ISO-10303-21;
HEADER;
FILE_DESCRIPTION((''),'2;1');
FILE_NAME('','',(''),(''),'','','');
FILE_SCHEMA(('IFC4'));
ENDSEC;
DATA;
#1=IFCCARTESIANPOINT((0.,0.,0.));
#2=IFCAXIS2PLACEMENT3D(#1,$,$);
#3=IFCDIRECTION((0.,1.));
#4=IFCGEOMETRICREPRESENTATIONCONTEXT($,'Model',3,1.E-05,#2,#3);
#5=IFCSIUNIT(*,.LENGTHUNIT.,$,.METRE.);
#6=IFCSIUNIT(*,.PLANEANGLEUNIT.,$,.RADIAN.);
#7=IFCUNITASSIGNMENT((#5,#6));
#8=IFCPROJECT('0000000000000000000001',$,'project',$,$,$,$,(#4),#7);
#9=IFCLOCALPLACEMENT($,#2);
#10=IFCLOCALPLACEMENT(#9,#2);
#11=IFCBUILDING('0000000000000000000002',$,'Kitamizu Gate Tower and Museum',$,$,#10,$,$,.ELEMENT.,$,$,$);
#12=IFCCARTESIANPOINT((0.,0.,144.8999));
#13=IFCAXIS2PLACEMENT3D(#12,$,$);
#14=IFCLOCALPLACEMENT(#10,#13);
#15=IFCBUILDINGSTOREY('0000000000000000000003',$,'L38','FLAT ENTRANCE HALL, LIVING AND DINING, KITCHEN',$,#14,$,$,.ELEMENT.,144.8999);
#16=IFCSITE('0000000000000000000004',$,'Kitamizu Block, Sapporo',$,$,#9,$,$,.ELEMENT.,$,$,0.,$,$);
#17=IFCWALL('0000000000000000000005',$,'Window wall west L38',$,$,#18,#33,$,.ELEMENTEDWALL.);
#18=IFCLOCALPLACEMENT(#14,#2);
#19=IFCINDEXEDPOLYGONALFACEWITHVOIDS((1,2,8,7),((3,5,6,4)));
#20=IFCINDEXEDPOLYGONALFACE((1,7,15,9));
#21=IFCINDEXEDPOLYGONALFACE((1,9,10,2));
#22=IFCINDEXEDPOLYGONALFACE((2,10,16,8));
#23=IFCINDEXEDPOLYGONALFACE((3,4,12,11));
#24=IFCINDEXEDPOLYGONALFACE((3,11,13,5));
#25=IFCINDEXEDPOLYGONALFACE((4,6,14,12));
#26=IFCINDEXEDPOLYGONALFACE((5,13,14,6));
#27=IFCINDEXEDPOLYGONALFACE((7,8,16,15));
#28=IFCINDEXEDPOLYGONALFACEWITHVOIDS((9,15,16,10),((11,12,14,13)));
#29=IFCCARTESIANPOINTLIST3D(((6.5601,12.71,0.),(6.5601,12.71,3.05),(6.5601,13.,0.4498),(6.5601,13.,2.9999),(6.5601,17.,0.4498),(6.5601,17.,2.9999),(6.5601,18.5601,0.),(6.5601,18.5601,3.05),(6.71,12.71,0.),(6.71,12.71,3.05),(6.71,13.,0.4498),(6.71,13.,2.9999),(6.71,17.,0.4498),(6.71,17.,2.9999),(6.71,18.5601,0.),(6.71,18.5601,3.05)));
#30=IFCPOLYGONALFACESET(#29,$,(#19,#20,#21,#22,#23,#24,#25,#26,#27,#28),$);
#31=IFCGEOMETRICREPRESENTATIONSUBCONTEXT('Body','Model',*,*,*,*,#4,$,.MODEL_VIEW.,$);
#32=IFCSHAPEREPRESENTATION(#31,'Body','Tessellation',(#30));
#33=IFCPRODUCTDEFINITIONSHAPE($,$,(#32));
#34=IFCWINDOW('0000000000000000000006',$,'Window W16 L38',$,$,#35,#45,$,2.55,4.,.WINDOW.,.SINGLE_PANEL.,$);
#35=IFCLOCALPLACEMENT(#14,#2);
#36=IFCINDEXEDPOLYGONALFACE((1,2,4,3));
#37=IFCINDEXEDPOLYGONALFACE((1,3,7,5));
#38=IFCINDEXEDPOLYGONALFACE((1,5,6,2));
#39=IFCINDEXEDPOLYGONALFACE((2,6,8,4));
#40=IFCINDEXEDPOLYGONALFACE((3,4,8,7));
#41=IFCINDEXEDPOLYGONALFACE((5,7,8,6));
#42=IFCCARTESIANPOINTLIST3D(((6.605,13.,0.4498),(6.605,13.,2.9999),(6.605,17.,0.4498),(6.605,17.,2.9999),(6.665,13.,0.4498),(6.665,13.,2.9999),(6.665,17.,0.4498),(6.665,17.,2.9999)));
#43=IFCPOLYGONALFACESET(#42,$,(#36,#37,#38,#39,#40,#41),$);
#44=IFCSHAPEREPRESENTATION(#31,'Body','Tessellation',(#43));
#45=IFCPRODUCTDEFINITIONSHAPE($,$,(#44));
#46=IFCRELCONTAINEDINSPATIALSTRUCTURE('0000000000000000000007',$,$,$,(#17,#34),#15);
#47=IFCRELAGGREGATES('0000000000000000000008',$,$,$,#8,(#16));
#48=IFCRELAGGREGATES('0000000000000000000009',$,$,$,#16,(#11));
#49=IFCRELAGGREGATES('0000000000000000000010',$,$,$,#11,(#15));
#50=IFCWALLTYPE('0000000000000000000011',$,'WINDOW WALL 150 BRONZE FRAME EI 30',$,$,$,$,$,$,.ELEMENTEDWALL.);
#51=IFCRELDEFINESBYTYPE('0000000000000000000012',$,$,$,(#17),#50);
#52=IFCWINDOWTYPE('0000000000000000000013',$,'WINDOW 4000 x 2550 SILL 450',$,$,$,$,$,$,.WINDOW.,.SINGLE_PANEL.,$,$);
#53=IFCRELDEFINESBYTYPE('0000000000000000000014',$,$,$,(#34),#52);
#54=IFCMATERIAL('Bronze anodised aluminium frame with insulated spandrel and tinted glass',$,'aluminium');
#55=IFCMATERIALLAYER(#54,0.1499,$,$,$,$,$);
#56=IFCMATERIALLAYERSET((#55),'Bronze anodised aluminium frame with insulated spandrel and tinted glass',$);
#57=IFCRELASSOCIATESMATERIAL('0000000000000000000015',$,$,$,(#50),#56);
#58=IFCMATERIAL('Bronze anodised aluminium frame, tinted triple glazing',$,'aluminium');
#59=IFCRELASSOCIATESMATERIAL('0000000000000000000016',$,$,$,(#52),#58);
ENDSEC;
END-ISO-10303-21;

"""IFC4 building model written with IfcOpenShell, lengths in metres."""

from ifc_helpers import new_model, si_unit, direction, frame, frame_2d, origin, place, context, subcontext, project, spatial, rectangle, extrude, material, layer, layer_set, type_object, element, fill, save


model = new_model("IFC4")

# Units and contexts
model_context = context("Model", 3, precision=1e-05, world=origin(), true_north=direction((0.0, 1.0)))
body_context = subcontext(model_context, "Body", "Model", "MODEL_VIEW")
ifc_project = project(units=[si_unit("LENGTHUNIT", "METRE"), si_unit("PLANEANGLEUNIT", "RADIAN")], contexts=[model_context])

# Site, building, storey
site_placement = place(None, origin())
site = spatial("IfcSite", under=ifc_project, at=site_placement, Name="Kitamizu Block, Sapporo", CompositionType="ELEMENT", RefElevation=0.0)
building_placement = place(site_placement, origin())
building = spatial("IfcBuilding", under=site, at=building_placement, Name="Kitamizu Gate Tower and Museum", CompositionType="ELEMENT")
storey_placement = place(building_placement, frame((0.0, 0.0, 144.8999)))
storey = spatial("IfcBuildingStorey", under=building, at=storey_placement, Name="L38", Description="FLAT ENTRANCE HALL, LIVING AND DINING, KITCHEN", CompositionType="ELEMENT", Elevation=144.8999)

# Shared definitions
ifc_material_1 = material(Name="Bronze anodised aluminium frame with insulated spandrel and tinted glass", Category="aluminium")
ifc_layer = layer(ifc_material_1, 0.1499)
ifc_layer_set = layer_set([ifc_layer], Name="Bronze anodised aluminium frame with insulated spandrel and tinted glass")
wall_type = type_object("IfcWallType", Name="WINDOW WALL 150 BRONZE FRAME EI 30", PredefinedType="ELEMENTEDWALL", material=ifc_layer_set)

# Wall, opening, window
wall_1_placement = place(storey_placement, frame((6.635, 12.71, 0.0), z_axis=(0.0, 0.0, 1.0), x_axis=(0.0, 1.0, 0.0)))
wall_1 = element("IfcWall", 1, at=wall_1_placement, inside=storey, type_object=wall_type, Name="Window wall west L38", PredefinedType="ELEMENTEDWALL", context=body_context, shape_type="SweptSolid", body=[
    extrude(rectangle(XDim=5.8501, YDim=0.1499, at=frame_2d((2.925, 0.0))), origin(), (0.0, 0.0, 1.0), 3.05),
])
opening_1_placement = place(wall_1_placement, frame((0.29, 0.0, 0.45)))
opening_1 = element("IfcOpeningElement", 2, at=opening_1_placement, cuts=wall_1, PredefinedType="OPENING", context=body_context, shape_type="SweptSolid", body=[
    extrude(rectangle(XDim=4.0, YDim=2.55, at=frame_2d((2.0, 1.2749))), frame((0.0, 0.085, 0.0), z_axis=(0.0, -1.0, 0.0), x_axis=(1.0, 0.0, 0.0)), (0.0, 0.0, 1.0), 0.1699),
])
ifc_material_2 = material(Name="Bronze anodised aluminium frame, tinted triple glazing", Category="aluminium")
window_type_1 = type_object("IfcWindowType", Name="WINDOW 4000 x 2550 SILL 450", PartitioningType="SINGLE_PANEL", PredefinedType="WINDOW", material=ifc_material_2)
window_1_placement = place(opening_1_placement, origin())
window_1 = element("IfcWindow", 3, at=window_1_placement, inside=storey, type_object=window_type_1, Name="Window W16 L38", OverallHeight=2.55, OverallWidth=4.0, PartitioningType="SINGLE_PANEL", PredefinedType="WINDOW", context=body_context, shape_type="SweptSolid", body=[
    extrude(rectangle(XDim=4.0, YDim=2.55, at=frame_2d((2.0, 1.2749))), frame((0.0, 0.03, 0.0), z_axis=(0.0, -1.0, 0.0), x_axis=(1.0, 0.0, 0.0)), (0.0, 0.0, 1.0), 0.0601),
])
fill(opening_1, window_1)

save(model, "model.ifc")
